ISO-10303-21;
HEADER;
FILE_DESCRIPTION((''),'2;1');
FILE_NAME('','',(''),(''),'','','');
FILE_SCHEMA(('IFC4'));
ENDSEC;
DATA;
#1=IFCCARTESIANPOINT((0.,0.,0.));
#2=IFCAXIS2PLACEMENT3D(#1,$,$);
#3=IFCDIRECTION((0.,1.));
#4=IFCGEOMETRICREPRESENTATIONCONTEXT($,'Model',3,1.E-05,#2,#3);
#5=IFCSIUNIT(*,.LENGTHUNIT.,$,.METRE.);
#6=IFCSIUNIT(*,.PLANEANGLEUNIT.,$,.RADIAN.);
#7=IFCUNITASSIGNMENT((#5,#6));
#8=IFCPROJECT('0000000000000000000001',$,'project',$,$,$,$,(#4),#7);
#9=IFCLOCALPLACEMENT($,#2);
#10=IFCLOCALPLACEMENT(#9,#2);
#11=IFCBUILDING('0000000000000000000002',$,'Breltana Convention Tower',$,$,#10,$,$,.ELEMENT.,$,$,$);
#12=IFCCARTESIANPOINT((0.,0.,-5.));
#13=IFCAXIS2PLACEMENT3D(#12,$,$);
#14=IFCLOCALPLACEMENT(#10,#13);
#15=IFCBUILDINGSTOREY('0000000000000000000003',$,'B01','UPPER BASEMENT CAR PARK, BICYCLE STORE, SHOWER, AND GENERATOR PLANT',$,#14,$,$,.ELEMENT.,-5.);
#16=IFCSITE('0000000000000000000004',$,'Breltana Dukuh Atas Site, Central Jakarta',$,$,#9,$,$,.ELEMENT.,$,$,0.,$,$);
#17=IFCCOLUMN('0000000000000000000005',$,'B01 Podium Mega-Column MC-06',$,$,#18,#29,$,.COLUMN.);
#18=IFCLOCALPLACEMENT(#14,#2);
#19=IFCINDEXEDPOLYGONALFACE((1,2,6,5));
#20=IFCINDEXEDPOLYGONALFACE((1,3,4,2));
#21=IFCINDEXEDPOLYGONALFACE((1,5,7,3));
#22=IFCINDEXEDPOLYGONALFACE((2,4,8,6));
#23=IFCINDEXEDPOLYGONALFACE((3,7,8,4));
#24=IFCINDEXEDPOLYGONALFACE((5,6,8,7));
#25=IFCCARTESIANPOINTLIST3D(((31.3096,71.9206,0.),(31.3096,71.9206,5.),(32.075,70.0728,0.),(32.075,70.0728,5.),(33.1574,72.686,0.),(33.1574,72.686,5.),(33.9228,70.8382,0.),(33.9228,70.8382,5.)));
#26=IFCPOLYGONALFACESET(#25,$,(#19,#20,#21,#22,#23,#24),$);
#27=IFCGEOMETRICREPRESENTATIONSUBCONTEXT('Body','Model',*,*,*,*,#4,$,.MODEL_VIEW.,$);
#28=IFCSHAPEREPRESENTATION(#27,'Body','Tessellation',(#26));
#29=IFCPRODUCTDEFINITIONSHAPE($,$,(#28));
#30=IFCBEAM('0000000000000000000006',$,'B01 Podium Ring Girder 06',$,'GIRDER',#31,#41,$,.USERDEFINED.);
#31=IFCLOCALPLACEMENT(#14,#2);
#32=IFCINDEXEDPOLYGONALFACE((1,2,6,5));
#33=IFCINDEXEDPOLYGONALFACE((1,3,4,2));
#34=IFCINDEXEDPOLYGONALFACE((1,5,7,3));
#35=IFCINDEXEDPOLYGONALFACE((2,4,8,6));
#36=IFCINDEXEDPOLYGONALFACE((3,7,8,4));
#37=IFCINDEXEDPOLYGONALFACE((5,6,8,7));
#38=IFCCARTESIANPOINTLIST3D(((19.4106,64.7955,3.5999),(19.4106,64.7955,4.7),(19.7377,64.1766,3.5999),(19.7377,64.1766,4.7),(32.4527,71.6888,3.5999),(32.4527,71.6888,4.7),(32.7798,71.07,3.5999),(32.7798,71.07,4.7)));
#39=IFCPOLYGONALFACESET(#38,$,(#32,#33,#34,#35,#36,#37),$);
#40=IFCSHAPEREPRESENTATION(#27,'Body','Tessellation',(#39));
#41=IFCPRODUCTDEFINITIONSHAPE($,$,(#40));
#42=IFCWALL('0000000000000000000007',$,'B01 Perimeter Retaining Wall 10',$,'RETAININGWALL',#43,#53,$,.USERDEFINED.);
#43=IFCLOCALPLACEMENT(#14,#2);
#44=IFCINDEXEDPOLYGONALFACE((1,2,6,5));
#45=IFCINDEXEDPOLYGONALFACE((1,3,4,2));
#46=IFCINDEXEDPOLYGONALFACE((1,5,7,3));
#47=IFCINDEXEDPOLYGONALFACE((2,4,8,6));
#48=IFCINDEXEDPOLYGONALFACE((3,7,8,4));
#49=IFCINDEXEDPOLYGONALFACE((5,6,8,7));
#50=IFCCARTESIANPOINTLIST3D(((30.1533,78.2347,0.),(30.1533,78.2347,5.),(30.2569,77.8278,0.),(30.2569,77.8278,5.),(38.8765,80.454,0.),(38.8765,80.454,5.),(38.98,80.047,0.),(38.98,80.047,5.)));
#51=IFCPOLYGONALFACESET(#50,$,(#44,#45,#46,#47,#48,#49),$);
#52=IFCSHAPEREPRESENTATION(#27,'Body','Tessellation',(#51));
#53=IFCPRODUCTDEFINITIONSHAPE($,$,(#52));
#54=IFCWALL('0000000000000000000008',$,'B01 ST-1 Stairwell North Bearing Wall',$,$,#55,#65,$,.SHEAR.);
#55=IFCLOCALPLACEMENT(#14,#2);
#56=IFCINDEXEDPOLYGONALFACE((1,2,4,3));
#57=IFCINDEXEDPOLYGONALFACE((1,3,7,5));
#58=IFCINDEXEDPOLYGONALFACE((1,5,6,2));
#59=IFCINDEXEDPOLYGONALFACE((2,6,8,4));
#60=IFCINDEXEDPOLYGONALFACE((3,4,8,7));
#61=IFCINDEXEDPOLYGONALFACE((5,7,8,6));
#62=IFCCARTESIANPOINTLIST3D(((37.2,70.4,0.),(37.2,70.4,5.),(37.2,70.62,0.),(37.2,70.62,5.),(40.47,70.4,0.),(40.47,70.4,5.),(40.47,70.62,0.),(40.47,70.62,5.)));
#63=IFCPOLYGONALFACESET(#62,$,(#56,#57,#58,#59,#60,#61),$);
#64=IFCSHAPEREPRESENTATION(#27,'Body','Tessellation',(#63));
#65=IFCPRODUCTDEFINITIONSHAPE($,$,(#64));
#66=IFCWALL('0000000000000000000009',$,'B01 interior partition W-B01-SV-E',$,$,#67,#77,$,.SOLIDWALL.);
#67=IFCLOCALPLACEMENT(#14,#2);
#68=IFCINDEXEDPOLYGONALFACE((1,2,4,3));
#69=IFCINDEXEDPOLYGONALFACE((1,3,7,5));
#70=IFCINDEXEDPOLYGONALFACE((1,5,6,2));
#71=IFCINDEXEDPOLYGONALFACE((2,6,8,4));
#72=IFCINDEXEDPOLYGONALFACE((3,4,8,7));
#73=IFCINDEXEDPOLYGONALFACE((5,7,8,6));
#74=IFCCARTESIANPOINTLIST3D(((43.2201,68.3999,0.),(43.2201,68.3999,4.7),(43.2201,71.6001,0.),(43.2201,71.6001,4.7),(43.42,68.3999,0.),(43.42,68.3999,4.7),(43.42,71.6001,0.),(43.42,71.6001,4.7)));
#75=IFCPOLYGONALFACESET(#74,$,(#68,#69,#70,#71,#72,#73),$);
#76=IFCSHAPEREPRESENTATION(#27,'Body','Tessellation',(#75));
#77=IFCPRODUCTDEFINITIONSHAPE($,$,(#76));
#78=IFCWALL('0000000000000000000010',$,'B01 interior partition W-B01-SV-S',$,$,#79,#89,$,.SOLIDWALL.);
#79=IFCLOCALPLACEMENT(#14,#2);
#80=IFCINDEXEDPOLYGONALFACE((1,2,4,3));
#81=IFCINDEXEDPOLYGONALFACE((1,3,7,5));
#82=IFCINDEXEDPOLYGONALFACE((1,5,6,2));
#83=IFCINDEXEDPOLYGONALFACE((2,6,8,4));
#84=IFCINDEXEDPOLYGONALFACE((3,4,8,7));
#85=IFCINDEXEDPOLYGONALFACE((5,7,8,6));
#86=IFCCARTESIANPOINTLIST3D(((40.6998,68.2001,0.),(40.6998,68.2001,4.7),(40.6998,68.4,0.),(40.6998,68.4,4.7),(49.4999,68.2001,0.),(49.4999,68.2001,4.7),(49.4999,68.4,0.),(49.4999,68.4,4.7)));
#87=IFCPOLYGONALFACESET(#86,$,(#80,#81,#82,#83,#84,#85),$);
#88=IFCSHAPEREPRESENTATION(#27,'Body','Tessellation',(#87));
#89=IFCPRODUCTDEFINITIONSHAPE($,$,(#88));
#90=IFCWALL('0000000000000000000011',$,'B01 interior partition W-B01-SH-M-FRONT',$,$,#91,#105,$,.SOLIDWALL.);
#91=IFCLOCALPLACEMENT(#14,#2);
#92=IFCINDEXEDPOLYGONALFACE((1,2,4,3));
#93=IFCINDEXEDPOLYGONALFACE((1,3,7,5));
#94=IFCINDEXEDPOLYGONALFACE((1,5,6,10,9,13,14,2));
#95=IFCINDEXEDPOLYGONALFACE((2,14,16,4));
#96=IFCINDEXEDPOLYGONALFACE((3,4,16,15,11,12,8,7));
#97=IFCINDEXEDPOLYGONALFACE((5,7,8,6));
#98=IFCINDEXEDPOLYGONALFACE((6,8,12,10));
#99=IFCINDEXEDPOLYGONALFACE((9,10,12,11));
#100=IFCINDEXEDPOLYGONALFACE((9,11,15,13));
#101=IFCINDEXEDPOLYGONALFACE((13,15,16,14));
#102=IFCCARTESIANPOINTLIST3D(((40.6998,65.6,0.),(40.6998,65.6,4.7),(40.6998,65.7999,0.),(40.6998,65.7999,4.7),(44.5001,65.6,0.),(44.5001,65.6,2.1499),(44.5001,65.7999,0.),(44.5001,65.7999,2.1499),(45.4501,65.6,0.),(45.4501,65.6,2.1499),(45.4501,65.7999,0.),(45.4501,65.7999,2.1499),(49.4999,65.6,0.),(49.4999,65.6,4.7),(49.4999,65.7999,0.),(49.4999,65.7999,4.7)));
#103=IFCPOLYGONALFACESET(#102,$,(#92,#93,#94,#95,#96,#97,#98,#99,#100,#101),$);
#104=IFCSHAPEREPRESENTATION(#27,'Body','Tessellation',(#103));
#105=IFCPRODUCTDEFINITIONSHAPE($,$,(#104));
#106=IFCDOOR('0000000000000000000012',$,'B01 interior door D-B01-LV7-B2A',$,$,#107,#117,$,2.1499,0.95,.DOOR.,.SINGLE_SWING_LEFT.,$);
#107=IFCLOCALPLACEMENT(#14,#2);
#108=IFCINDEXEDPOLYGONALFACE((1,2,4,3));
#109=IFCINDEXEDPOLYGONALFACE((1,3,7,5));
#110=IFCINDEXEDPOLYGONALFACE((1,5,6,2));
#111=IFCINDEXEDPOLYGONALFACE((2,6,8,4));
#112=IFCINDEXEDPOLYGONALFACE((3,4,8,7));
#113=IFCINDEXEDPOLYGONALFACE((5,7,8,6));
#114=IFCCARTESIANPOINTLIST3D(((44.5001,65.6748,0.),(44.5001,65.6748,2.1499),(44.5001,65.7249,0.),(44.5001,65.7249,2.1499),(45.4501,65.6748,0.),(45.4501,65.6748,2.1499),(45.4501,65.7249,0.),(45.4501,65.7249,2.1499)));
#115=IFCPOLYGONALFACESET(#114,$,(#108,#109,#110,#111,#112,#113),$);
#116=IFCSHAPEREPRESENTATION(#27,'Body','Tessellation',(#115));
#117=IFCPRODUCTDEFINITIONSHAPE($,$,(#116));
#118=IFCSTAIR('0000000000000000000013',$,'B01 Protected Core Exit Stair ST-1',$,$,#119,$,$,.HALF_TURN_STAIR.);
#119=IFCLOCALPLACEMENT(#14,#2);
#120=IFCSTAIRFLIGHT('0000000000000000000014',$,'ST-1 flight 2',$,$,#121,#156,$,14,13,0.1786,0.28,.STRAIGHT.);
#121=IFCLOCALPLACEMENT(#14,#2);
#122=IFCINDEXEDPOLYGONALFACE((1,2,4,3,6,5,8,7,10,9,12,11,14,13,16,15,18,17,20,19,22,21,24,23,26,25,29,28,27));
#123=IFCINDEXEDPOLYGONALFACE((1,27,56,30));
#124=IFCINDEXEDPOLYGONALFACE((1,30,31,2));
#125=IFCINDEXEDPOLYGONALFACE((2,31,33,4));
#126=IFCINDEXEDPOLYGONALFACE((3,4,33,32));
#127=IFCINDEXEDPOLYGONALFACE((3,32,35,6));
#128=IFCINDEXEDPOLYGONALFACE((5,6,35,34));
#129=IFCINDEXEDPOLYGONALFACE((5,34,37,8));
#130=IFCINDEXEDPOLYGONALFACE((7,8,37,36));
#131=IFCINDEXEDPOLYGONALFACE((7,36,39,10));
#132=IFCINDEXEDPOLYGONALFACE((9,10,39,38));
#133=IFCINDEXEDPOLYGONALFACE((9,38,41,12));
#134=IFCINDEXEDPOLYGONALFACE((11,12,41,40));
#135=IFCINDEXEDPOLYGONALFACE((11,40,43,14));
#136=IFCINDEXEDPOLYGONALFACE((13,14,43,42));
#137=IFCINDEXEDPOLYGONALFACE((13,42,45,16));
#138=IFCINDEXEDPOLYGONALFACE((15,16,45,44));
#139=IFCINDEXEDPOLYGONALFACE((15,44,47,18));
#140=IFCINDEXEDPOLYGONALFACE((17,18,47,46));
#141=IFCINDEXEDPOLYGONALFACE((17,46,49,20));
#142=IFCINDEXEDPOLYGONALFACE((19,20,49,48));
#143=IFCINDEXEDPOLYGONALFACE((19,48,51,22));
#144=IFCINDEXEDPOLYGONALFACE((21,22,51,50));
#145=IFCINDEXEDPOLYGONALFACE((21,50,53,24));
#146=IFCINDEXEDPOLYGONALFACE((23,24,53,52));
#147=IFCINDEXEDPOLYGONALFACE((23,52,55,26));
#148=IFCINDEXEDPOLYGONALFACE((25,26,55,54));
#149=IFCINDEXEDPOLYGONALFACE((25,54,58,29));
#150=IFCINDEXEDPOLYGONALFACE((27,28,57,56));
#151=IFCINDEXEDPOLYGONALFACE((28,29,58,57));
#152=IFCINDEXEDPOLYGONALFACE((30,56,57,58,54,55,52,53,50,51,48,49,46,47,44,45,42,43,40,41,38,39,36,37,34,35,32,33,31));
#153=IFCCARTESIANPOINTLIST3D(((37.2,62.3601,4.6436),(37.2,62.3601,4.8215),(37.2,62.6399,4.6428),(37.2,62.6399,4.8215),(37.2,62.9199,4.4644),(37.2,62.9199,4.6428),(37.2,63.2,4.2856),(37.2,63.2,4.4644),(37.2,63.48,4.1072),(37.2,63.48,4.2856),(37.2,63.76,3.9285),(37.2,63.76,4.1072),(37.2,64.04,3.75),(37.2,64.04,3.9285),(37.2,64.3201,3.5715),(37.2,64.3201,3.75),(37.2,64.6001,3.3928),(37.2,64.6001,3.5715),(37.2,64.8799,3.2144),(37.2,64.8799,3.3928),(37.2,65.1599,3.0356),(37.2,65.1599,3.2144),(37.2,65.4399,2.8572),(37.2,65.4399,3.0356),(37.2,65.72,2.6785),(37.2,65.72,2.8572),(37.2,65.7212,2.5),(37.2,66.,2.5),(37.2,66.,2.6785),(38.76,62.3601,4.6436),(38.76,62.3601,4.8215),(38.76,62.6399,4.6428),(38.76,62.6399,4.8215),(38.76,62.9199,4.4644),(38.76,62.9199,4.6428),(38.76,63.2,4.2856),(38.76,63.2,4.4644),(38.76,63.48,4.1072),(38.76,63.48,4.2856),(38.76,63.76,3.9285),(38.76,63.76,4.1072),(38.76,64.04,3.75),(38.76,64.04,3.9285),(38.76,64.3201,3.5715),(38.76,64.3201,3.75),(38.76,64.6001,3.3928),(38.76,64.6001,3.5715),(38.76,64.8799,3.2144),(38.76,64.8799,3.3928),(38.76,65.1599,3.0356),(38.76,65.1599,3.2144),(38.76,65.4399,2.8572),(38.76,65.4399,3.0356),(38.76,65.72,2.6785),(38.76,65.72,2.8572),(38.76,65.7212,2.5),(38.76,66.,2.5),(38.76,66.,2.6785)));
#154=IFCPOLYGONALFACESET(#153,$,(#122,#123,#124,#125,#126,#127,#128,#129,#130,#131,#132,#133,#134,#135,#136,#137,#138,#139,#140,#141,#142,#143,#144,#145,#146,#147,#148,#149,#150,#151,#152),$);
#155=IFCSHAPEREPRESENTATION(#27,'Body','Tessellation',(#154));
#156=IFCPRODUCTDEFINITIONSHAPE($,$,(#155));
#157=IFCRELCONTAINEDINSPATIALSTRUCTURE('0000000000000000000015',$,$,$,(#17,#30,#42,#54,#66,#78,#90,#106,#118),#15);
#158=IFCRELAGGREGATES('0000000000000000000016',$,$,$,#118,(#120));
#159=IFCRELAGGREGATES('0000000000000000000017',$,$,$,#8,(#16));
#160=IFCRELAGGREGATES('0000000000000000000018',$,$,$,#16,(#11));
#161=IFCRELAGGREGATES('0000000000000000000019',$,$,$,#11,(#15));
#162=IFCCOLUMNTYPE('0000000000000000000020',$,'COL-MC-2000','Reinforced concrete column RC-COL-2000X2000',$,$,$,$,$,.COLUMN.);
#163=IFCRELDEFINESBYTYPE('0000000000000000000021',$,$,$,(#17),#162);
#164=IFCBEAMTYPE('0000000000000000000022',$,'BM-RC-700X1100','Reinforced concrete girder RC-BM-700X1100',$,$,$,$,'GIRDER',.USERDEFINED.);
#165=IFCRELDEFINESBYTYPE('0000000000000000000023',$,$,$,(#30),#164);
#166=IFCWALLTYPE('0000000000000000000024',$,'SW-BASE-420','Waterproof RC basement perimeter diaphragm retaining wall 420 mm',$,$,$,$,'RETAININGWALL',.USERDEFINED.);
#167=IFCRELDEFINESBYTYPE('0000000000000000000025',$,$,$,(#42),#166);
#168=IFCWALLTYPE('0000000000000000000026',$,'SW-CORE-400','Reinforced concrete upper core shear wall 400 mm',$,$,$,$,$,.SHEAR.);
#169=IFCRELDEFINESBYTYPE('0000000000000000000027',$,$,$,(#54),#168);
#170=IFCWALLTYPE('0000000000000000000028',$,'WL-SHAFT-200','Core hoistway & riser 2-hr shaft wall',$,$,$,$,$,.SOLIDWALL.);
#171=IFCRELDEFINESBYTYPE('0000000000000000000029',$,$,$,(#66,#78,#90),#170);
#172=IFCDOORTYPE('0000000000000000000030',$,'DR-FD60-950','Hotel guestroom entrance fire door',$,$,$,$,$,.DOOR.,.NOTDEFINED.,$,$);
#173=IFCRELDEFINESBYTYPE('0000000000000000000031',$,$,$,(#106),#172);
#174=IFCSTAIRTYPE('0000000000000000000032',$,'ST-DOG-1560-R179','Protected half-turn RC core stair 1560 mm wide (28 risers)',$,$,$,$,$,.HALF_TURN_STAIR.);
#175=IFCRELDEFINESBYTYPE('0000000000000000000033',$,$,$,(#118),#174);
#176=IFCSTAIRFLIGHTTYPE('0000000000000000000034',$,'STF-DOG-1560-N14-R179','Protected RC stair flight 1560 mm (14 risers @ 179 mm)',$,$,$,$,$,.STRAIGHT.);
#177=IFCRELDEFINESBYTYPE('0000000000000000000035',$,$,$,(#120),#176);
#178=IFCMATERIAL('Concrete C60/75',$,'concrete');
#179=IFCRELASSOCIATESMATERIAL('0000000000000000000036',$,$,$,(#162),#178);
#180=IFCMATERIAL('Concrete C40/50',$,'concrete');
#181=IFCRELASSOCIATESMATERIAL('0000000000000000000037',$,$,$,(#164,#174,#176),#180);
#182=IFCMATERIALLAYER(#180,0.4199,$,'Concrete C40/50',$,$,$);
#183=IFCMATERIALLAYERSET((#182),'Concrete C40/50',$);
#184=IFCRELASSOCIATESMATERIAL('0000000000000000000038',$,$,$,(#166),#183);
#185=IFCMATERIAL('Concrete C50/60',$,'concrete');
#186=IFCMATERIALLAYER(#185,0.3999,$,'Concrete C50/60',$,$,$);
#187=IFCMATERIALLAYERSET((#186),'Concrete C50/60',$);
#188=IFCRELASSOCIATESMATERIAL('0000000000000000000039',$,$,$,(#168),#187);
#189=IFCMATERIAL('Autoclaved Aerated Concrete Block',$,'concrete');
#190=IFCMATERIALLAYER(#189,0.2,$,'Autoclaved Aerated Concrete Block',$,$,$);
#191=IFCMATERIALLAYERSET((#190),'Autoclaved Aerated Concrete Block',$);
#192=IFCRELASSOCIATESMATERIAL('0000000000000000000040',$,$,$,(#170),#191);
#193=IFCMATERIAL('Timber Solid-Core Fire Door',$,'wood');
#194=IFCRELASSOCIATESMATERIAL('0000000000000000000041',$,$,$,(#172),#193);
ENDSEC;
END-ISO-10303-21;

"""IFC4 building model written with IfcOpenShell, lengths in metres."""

from ifc_helpers import new_model, si_unit, direction, frame, frame_2d, origin, origin_2d, place, context, subcontext, project, spatial, polyline, rectangle, outline, extrude, source, transform, mapped, material, layer, layer_set, material_profile, profile_set, type_object, type_shapes, element, fill, aggregate, save


model = new_model("IFC4")

# Units and contexts
model_context = context("Model", 3, precision=1e-05, world=origin(), true_north=direction((0.0, 1.0)))
body_context = subcontext(model_context, "Body", "Model", "MODEL_VIEW")
ifc_project = project(units=[si_unit("LENGTHUNIT", "METRE"), si_unit("PLANEANGLEUNIT", "RADIAN")], contexts=[model_context])

# Site, building, storey
site_placement = place(None, origin())
site = spatial("IfcSite", under=ifc_project, at=site_placement, Name="Breltana Dukuh Atas Site, Central Jakarta", CompositionType="ELEMENT", RefElevation=0.0)
building_placement = place(site_placement, origin())
building = spatial("IfcBuilding", under=site, at=building_placement, Name="Breltana Convention Tower", CompositionType="ELEMENT")
storey_placement = place(building_placement, frame((0.0, 0.0, -5.0)))
storey = spatial("IfcBuildingStorey", under=building, at=storey_placement, Name="B01", Description="UPPER BASEMENT CAR PARK, BICYCLE STORE, SHOWER, AND GENERATOR PLANT", CompositionType="ELEMENT", Elevation=-5.0)

# Column
ifc_material_1 = material(Name="Concrete C60/75", Category="concrete")
ifc_material_profile_1 = material_profile(ifc_material_1, rectangle(XDim=2.0, YDim=2.0, at=origin_2d()), Name="RC-COL-2000X2000")
ifc_profile_set_1 = profile_set([ifc_material_profile_1], Name="Concrete C60/75")
column_type = type_object("IfcColumnType", Name="COL-MC-2000", Description="Reinforced concrete column RC-COL-2000X2000", PredefinedType="COLUMN", material=ifc_profile_set_1)
shared_shape_1 = source(origin(), body_context, "Body", "SweptSolid", [
    extrude(rectangle(XDim=2.0, YDim=2.0, at=origin_2d()), origin(), (0.0, 0.0, 1.0), 5.0),
])
type_shapes(column_type, [shared_shape_1])
column_placement = place(storey_placement, frame((32.6162, 71.3794, 0.0), z_axis=(0.0, 0.0, 1.0), x_axis=(-0.382683, 0.92388, 0.0)))
element("IfcColumn", 1, at=column_placement, inside=storey, type_object=column_type, Name="B01 Podium Mega-Column MC-06", PredefinedType="COLUMN", context=body_context, shape_type="MappedRepresentation", body=[
    mapped(shared_shape_1, transform((0.0, 0.0, 0.0), scale=1.0)),
])

# Beam
ifc_material_2 = material(Name="Concrete C40/50", Category="concrete")
ifc_material_profile_2 = material_profile(ifc_material_2, rectangle(XDim=0.7, YDim=1.1001, at=origin_2d()), Name="RC-BM-700X1100")
ifc_profile_set_2 = profile_set([ifc_material_profile_2], Name="Concrete C40/50")
beam_type = type_object("IfcBeamType", Name="BM-RC-700X1100", Description="Reinforced concrete girder RC-BM-700X1100", ElementType="GIRDER", PredefinedType="USERDEFINED", material=ifc_profile_set_2)
shared_shape_2 = source(origin(), body_context, "Body", "SweptSolid", [
    extrude(rectangle(XDim=0.7, YDim=1.1001, at=origin_2d()), origin(), (0.0, 0.0, 1.0), 14.7517),
])
beam_placement = place(storey_placement, frame((32.6162, 71.3794, 4.1499), z_axis=(-0.884104, -0.467291, 0.0), x_axis=(0.467291, -0.884104, 0.0)))
element("IfcBeam", 2, at=beam_placement, inside=storey, type_object=beam_type, Name="B01 Podium Ring Girder 06", ObjectType="GIRDER", PredefinedType="USERDEFINED", context=body_context, shape_type="MappedRepresentation", body=[
    mapped(shared_shape_2, transform((0.0, 0.0, 0.0), scale=1.0)),
])

# Wall
ifc_layer_1 = layer(ifc_material_2, 0.4199, Name="Concrete C40/50")
ifc_layer_set_1 = layer_set([ifc_layer_1], Name="Concrete C40/50")
wall_type_1 = type_object("IfcWallType", Name="SW-BASE-420", Description="Waterproof RC basement perimeter diaphragm retaining wall 420 mm", ElementType="RETAININGWALL", PredefinedType="USERDEFINED", material=ifc_layer_set_1)
shared_shape_3 = source(origin(), body_context, "Body", "SweptSolid", [
    extrude(rectangle(XDim=9.001, YDim=0.4199, at=frame_2d((4.5005, 0.0))), origin(), (0.0, 0.0, 1.0), 5.0),
])
wall_1_placement = place(storey_placement, frame((38.9282, 80.2505, 0.0), z_axis=(0.0, 0.0, 1.0), x_axis=(-0.969129, -0.246554, 0.0)))
element("IfcWall", 3, at=wall_1_placement, inside=storey, type_object=wall_type_1, Name="B01 Perimeter Retaining Wall 10", ObjectType="RETAININGWALL", PredefinedType="USERDEFINED", context=body_context, shape_type="MappedRepresentation", body=[
    mapped(shared_shape_3, transform((0.0, 0.0, 0.0), scale=1.0)),
])

# Walls
ifc_material_3 = material(Name="Concrete C50/60", Category="concrete")
ifc_layer_2 = layer(ifc_material_3, 0.3999, Name="Concrete C50/60")
ifc_layer_set_2 = layer_set([ifc_layer_2], Name="Concrete C50/60")
wall_type_2 = type_object("IfcWallType", Name="SW-CORE-400", Description="Reinforced concrete upper core shear wall 400 mm", PredefinedType="SHEAR", material=ifc_layer_set_2)
shared_shape_4 = source(origin(), body_context, "Body", "SweptSolid", [
    extrude(rectangle(XDim=3.27, YDim=0.22, at=frame_2d((1.635, 0.0))), origin(), (0.0, 0.0, 1.0), 5.0),
])
type_shapes(wall_type_2, [shared_shape_4])
wall_2_placement = place(storey_placement, frame((37.2, 70.51, 0.0), z_axis=(0.0, 0.0, 1.0), x_axis=(1.0, 0.0, 0.0)))
element("IfcWall", 4, at=wall_2_placement, inside=storey, type_object=wall_type_2, Name="B01 ST-1 Stairwell North Bearing Wall", PredefinedType="SHEAR", context=body_context, shape_type="MappedRepresentation", body=[
    mapped(shared_shape_4, transform((0.0, 0.0, 0.0), scale=1.0)),
])
ifc_material_4 = material(Name="Autoclaved Aerated Concrete Block", Category="concrete")
ifc_layer_3 = layer(ifc_material_4, 0.2, Name="Autoclaved Aerated Concrete Block")
ifc_layer_set_3 = layer_set([ifc_layer_3], Name="Autoclaved Aerated Concrete Block")
wall_type_3 = type_object("IfcWallType", Name="WL-SHAFT-200", Description="Core hoistway & riser 2-hr shaft wall", PredefinedType="SOLIDWALL", material=ifc_layer_set_3)
shared_shape_5 = source(origin(), body_context, "Body", "SweptSolid", [
    extrude(rectangle(XDim=3.2002, YDim=0.2, at=frame_2d((1.6001, 0.0))), origin(), (0.0, 0.0, 1.0), 4.7),
])
wall_3_placement = place(storey_placement, frame((43.3201, 68.3999, 0.0), z_axis=(0.0, 0.0, 1.0), x_axis=(0.0, 1.0, 0.0)))
element("IfcWall", 5, at=wall_3_placement, inside=storey, type_object=wall_type_3, Name="B01 interior partition W-B01-SV-E", PredefinedType="SOLIDWALL", context=body_context, shape_type="MappedRepresentation", body=[
    mapped(shared_shape_5, transform((0.0, 0.0, 0.0), scale=1.0)),
])
shared_shape_6 = source(origin(), body_context, "Body", "SweptSolid", [
    extrude(rectangle(XDim=8.8, YDim=0.2, at=frame_2d((4.3999, 0.0))), origin(), (0.0, 0.0, 1.0), 4.7),
])
wall_4_placement = place(storey_placement, frame((40.7, 68.3, 0.0), z_axis=(0.0, 0.0, 1.0), x_axis=(1.0, 0.0, 0.0)))
element("IfcWall", 6, at=wall_4_placement, inside=storey, type_object=wall_type_3, Name="B01 interior partition W-B01-SV-S", PredefinedType="SOLIDWALL", context=body_context, shape_type="MappedRepresentation", body=[
    mapped(shared_shape_6, transform((0.0, 0.0, 0.0), scale=1.0)),
])

# Wall, opening, door
wall_5_placement = place(storey_placement, frame((40.7, 65.7, 0.0), z_axis=(0.0, 0.0, 1.0), x_axis=(1.0, 0.0, 0.0)))
wall_5 = element("IfcWall", 7, at=wall_5_placement, inside=storey, type_object=wall_type_3, Name="B01 interior partition W-B01-SH-M-FRONT", PredefinedType="SOLIDWALL", context=body_context, shape_type="MappedRepresentation", body=[
    mapped(shared_shape_6, transform((0.0, 0.0, 0.0), scale=1.0)),
])
opening_1_placement = place(wall_5_placement, frame((3.8, 0.0, 0.0)))
opening_1 = element("IfcOpeningElement", 8, at=opening_1_placement, cuts=wall_5, PredefinedType="OPENING", context=body_context, shape_type="SweptSolid", body=[
    extrude(rectangle(XDim=0.95, YDim=2.1499, at=frame_2d((0.4751, 1.075))), frame((0.0, 0.1099, 0.0), z_axis=(0.0, -1.0, 0.0), x_axis=(1.0, 0.0, 0.0)), (0.0, 0.0, 1.0), 0.22),
])
ifc_material_5 = material(Name="Timber Solid-Core Fire Door", Category="wood")
door_type_1 = type_object("IfcDoorType", Name="DR-FD60-950", Description="Hotel guestroom entrance fire door", OperationType="NOTDEFINED", PredefinedType="DOOR", material=ifc_material_5)
shared_shape_7 = source(origin(), body_context, "Body", "SweptSolid", [
    extrude(rectangle(XDim=0.95, YDim=2.1499, at=frame_2d((0.4751, 1.075))), frame((0.0, 0.0249, 0.0), z_axis=(0.0, -1.0, 0.0), x_axis=(1.0, 0.0, 0.0)), (0.0, 0.0, 1.0), 0.05),
])
type_shapes(door_type_1, [shared_shape_7])
door_1_placement = place(opening_1_placement, origin())
door_1 = element("IfcDoor", 9, at=door_1_placement, inside=storey, type_object=door_type_1, Name="B01 interior door D-B01-LV7-B2A", OperationType="SINGLE_SWING_LEFT", OverallHeight=2.1499, OverallWidth=0.95, PredefinedType="DOOR", context=body_context, shape_type="MappedRepresentation", body=[
    mapped(shared_shape_7, transform((0.0, 0.0, 0.0), scale=1.0)),
])
fill(opening_1, door_1)

# Stair, stair flight
stair_type = type_object("IfcStairType", Name="ST-DOG-1560-R179", Description="Protected half-turn RC core stair 1560 mm wide (28 risers)", PredefinedType="HALF_TURN_STAIR", material=ifc_material_2)
stair_placement = place(storey_placement, origin())
stair = element("IfcStair", 10, at=stair_placement, inside=storey, type_object=stair_type, Name="B01 Protected Core Exit Stair ST-1", PredefinedType="HALF_TURN_STAIR")
stair_flight_type = type_object("IfcStairFlightType", Name="STF-DOG-1560-N14-R179", Description="Protected RC stair flight 1560 mm (14 risers @ 179 mm)", PredefinedType="STRAIGHT", material=ifc_material_2)
stair_flight_placement = place(storey_placement, frame((37.98, 66.0, 2.5), z_axis=(0.0, 0.0, 1.0), x_axis=(0.0, -1.0, 0.0)))
stair_flight = element("IfcStairFlight", 11, at=stair_flight_placement, type_object=stair_flight_type, Name="ST-1 flight 2", NumberOfRisers=14, NumberOfTreads=13, PredefinedType="STRAIGHT", RiserHeight=0.1786, TreadLength=0.28, context=body_context, shape_type="SweptSolid", body=[
    extrude(outline(polyline([(0.0, 0.0), (0.0, 0.1785), (0.28, 0.1785), (0.28, 0.3572), (0.5601, 0.3572), (0.5601, 0.5356), (0.8401, 0.5356), (0.8401, 0.7144), (1.1201, 0.7144), (1.1201, 0.8928), (1.3999, 0.8928), (1.3999, 1.0715), (1.6799, 1.0715), (1.6799, 1.25), (1.96, 1.25), (1.96, 1.4285), (2.24, 1.4285), (2.24, 1.6072), (2.52, 1.6072), (2.52, 1.7856), (2.8, 1.7856), (2.8, 1.9644), (3.0801, 1.9644), (3.0801, 2.1428), (3.3601, 2.1428), (3.3601, 2.3215), (3.6399, 2.3215), (3.6399, 2.5), (3.6399, 2.1436), (0.2788, 0.0), (0.0, 0.0)])), frame((0.0, 0.78, 0.0), z_axis=(0.0, -1.0, 0.0), x_axis=(1.0, 0.0, 0.0)), (0.0, 0.0, 1.0), 1.5601),
])
aggregate(stair, [stair_flight])

save(model, "model.ifc")
